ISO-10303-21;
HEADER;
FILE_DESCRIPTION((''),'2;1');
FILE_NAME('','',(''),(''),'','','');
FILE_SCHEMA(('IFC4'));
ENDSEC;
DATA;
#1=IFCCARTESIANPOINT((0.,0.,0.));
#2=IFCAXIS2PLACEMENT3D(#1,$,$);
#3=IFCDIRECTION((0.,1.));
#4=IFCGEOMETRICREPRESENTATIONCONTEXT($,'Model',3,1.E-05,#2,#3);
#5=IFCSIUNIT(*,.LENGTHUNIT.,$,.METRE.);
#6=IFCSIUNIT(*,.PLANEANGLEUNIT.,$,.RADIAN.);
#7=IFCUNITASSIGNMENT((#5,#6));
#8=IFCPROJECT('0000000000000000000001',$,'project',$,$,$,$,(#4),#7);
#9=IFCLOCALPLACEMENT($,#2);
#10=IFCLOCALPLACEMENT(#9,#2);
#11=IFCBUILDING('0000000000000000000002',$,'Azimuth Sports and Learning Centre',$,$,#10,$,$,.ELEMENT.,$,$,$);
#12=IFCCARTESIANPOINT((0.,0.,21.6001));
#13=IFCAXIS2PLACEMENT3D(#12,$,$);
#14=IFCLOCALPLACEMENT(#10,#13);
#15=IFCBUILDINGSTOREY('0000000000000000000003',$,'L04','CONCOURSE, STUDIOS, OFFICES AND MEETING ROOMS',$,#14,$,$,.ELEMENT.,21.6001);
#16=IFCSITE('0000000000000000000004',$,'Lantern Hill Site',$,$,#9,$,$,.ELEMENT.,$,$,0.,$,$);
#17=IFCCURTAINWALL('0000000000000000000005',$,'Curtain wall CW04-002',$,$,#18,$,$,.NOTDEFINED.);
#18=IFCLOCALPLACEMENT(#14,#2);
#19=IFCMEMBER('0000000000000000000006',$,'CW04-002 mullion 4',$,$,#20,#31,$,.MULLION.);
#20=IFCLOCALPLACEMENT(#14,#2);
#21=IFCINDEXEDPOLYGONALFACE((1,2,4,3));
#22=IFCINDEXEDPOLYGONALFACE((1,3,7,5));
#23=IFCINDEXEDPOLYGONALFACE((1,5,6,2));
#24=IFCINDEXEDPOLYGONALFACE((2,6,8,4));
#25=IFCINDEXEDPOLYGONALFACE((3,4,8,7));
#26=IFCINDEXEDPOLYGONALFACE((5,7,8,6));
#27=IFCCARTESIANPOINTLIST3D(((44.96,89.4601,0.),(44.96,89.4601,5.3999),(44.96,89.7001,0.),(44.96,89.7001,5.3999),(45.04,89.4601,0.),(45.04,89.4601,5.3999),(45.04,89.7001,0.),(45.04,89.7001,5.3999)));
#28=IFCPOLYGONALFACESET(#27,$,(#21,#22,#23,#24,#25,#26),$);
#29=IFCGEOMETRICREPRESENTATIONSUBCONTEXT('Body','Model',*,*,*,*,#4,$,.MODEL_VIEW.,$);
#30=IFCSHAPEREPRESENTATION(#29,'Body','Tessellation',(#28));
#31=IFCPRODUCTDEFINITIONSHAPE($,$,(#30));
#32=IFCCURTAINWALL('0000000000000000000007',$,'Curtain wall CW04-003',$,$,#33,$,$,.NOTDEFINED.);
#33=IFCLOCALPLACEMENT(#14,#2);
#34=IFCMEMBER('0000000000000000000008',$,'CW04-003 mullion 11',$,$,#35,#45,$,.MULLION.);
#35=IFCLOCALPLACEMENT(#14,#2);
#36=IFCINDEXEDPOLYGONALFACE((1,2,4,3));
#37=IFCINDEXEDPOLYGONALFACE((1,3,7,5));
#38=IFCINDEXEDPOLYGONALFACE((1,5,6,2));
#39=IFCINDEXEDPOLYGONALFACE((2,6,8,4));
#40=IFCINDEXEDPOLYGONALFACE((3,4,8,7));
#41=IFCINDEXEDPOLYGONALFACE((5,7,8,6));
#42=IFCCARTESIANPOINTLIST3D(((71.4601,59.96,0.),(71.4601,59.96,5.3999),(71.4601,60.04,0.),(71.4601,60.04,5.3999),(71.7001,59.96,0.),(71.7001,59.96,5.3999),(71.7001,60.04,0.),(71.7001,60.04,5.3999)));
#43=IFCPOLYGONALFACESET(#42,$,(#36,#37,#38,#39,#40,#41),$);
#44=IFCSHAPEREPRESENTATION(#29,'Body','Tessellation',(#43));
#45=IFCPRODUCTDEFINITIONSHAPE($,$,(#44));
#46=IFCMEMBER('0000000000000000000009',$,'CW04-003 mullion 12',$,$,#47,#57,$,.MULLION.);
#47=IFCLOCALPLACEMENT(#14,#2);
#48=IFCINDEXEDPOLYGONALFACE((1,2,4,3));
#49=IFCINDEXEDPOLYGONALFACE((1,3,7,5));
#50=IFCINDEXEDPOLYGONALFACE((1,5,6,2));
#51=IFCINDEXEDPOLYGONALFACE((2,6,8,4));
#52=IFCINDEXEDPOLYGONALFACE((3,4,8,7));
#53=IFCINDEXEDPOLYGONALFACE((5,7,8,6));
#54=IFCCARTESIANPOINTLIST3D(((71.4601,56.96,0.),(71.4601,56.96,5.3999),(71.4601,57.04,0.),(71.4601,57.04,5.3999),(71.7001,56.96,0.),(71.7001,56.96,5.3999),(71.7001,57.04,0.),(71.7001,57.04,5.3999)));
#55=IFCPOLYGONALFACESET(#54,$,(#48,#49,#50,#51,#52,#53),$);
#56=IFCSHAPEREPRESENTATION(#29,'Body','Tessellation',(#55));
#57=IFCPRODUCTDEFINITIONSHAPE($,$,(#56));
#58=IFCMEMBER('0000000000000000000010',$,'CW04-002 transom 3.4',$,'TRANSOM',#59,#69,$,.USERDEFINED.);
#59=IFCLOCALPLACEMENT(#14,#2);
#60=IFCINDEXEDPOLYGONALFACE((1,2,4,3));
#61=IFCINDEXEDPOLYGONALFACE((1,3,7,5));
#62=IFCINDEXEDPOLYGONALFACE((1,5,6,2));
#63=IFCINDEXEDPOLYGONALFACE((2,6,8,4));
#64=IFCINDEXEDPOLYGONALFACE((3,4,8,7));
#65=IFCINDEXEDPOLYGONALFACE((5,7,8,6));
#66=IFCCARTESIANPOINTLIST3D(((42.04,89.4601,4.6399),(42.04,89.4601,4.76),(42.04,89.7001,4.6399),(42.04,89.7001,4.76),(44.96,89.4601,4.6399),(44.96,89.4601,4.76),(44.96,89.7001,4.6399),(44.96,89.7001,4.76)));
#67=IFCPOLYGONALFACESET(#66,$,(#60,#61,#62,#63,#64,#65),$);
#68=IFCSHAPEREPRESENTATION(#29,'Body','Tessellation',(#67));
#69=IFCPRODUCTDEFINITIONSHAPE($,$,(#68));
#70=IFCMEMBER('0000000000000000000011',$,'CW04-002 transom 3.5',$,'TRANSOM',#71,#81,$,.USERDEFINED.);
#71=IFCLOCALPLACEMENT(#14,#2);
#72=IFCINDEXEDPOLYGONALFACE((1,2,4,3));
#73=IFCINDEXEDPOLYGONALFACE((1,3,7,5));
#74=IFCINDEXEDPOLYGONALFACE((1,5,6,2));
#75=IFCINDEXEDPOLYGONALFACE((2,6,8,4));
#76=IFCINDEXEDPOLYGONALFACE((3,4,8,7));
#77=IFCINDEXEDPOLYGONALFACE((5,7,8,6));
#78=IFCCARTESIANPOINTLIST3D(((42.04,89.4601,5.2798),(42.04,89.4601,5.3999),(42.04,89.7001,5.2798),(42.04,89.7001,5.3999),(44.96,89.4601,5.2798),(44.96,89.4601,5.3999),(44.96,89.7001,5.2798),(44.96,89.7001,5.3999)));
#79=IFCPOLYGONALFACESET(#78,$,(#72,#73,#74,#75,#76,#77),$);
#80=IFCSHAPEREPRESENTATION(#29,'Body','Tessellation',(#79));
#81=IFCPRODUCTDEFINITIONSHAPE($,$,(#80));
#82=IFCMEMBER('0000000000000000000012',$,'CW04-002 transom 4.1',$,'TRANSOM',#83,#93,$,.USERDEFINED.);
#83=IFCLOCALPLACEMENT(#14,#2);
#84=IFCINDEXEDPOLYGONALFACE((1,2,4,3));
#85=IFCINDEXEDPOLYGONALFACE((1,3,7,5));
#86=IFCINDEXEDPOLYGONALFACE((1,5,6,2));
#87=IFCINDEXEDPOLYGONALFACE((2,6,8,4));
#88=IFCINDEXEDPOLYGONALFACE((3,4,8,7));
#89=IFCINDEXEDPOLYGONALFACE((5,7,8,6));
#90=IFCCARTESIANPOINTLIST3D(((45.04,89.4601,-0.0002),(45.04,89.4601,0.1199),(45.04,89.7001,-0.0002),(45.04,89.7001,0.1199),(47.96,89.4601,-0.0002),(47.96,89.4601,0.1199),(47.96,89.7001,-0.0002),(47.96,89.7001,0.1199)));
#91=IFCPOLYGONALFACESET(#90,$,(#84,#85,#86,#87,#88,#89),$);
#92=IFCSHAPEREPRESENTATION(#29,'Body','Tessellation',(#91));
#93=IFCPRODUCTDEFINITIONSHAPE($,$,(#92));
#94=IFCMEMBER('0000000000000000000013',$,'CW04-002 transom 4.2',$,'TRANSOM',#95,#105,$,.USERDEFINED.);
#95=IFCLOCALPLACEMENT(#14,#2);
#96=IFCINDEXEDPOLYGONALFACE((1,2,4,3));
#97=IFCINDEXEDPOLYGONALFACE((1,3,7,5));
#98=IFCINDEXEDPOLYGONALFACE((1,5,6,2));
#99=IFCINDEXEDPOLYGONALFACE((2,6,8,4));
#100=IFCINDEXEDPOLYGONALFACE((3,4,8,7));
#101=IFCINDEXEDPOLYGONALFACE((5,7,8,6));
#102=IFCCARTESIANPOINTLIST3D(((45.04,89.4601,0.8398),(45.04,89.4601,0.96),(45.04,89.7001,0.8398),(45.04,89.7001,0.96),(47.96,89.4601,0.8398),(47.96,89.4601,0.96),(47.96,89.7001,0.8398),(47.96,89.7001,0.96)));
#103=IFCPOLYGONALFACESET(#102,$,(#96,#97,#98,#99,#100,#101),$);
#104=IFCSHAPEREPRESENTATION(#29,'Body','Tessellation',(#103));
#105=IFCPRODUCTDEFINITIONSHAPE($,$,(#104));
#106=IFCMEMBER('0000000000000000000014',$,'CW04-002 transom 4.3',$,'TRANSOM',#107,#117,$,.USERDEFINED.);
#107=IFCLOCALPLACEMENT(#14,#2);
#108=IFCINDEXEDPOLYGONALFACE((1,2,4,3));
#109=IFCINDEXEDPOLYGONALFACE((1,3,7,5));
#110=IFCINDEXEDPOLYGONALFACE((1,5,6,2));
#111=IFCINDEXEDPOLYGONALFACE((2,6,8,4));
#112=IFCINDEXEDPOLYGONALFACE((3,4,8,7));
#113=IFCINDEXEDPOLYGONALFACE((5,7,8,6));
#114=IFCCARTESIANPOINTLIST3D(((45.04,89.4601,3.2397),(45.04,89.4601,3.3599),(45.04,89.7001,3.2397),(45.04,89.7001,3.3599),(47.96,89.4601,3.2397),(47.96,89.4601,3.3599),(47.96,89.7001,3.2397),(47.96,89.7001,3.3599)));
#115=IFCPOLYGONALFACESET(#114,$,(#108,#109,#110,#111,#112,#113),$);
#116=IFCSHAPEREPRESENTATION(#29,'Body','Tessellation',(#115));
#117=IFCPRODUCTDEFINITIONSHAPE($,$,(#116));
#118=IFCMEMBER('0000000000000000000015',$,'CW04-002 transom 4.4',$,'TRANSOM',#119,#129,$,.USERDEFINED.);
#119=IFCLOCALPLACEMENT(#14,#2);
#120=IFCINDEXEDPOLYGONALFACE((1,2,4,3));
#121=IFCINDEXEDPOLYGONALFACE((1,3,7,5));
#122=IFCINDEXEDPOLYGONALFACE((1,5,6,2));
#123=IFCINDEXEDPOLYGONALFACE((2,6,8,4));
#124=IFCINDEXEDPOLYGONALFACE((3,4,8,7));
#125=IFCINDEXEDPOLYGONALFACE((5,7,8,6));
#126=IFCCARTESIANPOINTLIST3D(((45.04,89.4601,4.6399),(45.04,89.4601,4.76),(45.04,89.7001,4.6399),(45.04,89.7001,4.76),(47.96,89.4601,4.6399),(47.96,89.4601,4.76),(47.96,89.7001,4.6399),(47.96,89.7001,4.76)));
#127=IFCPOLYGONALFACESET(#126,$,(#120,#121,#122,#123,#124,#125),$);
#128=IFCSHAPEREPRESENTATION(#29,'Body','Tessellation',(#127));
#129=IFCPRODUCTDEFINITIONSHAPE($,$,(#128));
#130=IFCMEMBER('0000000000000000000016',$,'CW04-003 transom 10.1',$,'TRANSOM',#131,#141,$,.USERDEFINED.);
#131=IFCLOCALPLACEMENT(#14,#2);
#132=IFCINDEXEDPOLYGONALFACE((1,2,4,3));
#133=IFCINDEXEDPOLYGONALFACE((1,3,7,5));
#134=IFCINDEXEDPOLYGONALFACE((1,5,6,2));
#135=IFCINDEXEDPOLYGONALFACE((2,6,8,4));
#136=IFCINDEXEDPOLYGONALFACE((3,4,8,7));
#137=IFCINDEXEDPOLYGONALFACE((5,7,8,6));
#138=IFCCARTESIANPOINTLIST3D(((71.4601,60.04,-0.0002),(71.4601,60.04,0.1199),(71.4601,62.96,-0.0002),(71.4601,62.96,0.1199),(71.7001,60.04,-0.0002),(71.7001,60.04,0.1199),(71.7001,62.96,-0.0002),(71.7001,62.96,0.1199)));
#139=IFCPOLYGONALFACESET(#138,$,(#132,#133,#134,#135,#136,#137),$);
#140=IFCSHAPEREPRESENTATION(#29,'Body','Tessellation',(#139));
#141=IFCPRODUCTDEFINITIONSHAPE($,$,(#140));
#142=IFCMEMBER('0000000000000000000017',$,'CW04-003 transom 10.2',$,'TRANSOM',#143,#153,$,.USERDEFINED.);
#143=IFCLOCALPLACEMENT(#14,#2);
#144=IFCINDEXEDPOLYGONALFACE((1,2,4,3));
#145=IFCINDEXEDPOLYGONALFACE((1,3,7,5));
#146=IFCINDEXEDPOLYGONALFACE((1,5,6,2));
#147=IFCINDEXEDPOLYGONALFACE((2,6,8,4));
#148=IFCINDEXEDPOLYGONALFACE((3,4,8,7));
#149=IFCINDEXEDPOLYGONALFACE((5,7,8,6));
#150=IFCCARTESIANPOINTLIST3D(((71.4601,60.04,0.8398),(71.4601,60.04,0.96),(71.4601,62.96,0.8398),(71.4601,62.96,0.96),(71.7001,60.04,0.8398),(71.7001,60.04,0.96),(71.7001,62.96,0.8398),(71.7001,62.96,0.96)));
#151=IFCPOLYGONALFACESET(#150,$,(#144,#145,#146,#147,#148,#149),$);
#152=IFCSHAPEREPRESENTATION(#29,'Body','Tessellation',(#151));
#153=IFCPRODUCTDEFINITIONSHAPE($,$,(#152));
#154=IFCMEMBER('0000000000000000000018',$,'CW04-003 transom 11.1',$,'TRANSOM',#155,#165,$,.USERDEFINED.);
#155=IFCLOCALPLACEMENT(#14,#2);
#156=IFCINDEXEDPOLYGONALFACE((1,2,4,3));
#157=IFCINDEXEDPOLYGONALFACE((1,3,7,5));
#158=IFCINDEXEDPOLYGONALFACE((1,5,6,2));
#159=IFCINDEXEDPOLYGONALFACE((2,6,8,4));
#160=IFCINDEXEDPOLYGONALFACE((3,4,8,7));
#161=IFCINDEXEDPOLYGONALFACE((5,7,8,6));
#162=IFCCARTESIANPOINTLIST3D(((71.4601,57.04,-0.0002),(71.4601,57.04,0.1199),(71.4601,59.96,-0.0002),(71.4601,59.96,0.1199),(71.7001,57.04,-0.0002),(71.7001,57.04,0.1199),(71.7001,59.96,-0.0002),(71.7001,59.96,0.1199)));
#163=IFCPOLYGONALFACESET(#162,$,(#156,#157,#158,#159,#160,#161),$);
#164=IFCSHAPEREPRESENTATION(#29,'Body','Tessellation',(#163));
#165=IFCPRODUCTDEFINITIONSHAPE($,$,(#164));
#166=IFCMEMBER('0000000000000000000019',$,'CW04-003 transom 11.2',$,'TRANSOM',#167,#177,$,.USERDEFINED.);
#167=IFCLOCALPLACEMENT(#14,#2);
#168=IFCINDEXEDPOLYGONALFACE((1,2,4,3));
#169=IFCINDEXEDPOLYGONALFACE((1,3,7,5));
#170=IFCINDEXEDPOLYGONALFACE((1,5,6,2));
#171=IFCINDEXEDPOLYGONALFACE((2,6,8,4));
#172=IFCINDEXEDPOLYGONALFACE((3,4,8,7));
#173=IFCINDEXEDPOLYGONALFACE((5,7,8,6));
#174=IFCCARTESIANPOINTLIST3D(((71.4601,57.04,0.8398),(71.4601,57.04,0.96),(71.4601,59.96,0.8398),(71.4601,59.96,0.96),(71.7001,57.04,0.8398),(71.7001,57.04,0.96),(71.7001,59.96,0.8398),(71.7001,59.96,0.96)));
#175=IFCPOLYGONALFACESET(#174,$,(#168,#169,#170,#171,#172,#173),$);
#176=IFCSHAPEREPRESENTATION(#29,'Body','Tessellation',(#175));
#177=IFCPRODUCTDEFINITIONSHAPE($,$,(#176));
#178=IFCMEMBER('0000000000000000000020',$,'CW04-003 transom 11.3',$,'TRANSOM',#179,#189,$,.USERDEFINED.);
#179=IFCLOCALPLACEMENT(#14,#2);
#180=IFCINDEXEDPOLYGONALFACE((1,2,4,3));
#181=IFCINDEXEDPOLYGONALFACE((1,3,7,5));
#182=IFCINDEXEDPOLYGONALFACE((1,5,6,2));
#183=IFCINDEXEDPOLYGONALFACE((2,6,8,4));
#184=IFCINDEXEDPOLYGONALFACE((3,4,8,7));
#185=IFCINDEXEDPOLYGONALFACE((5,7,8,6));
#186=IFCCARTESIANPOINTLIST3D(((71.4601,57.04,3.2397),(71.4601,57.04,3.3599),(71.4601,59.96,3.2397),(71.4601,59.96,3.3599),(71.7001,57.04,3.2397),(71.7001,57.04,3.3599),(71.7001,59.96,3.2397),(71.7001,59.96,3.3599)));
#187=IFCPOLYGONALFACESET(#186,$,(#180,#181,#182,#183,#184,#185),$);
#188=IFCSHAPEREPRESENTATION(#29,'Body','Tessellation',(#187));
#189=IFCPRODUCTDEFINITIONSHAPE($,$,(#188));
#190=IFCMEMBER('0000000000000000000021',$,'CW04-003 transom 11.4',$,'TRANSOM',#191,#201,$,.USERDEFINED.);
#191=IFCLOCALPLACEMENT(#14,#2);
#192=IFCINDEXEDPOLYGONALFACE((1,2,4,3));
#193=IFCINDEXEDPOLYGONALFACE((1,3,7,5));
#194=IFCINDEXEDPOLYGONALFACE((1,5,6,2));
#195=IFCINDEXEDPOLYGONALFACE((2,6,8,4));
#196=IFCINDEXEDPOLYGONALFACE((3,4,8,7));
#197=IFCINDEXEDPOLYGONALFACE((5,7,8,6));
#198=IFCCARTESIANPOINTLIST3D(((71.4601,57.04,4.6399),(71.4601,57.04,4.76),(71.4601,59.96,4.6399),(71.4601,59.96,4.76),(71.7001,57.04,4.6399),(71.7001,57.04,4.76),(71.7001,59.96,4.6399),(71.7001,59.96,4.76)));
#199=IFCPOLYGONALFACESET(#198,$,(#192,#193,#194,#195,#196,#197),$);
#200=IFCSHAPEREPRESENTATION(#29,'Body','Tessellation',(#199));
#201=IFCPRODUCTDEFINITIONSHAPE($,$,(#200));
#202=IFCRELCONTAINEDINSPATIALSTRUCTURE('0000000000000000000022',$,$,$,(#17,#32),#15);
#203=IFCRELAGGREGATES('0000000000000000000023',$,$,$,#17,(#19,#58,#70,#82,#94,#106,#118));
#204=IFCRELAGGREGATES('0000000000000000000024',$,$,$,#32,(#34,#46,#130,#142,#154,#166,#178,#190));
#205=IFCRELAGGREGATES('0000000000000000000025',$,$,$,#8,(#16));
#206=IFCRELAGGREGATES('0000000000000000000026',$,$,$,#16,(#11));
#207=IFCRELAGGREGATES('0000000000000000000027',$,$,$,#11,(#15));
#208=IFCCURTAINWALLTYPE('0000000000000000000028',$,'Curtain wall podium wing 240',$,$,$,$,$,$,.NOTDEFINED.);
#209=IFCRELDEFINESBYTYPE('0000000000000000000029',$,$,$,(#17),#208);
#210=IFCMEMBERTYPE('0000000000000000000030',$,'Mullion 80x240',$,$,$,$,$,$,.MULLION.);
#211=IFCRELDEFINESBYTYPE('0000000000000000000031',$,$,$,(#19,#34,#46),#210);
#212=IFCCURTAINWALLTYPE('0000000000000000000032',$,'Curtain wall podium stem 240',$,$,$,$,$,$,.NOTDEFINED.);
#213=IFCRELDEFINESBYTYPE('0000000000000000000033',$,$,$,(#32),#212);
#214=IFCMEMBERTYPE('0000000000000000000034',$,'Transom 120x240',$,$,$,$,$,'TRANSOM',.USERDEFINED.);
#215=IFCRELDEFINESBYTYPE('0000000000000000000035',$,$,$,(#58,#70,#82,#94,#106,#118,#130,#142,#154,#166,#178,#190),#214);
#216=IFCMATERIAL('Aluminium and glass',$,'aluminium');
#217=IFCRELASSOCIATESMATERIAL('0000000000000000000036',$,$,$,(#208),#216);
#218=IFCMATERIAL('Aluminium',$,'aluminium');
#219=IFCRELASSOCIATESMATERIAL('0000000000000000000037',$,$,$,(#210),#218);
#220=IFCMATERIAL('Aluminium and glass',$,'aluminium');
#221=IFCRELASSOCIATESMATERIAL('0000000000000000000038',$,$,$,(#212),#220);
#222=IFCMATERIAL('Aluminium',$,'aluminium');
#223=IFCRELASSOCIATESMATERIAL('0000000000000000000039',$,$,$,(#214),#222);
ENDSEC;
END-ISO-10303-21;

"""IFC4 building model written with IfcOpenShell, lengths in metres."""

from ifc_helpers import new_model, si_unit, direction, frame, origin, origin_2d, place, context, subcontext, project, spatial, rectangle, extrude, material, material_profile, profile_set, type_object, element, aggregate, save


model = new_model("IFC4")

# Units and contexts
model_context = context("Model", 3, precision=1e-05, world=origin(), true_north=direction((0.0, 1.0)))
body_context = subcontext(model_context, "Body", "Model", "MODEL_VIEW")
ifc_project = project(units=[si_unit("LENGTHUNIT", "METRE"), si_unit("PLANEANGLEUNIT", "RADIAN")], contexts=[model_context])

# Site, building, storey
site_placement = place(None, origin())
site = spatial("IfcSite", under=ifc_project, at=site_placement, Name="Lantern Hill Site", CompositionType="ELEMENT", RefElevation=0.0)
building_placement = place(site_placement, origin())
building = spatial("IfcBuilding", under=site, at=building_placement, Name="Azimuth Sports and Learning Centre", CompositionType="ELEMENT")
storey_placement = place(building_placement, frame((0.0, 0.0, 21.6001)))
storey = spatial("IfcBuildingStorey", under=building, at=storey_placement, Name="L04", Description="CONCOURSE, STUDIOS, OFFICES AND MEETING ROOMS", CompositionType="ELEMENT", Elevation=21.6001)

# Curtain wall, member
ifc_material_1 = material(Name="Aluminium and glass", Category="aluminium")
curtain_wall_type_1 = type_object("IfcCurtainWallType", Name="Curtain wall podium wing 240", PredefinedType="NOTDEFINED", material=ifc_material_1)
curtain_wall_1_placement = place(storey_placement, origin())
curtain_wall_1 = element("IfcCurtainWall", 1, at=curtain_wall_1_placement, inside=storey, type_object=curtain_wall_type_1, Name="Curtain wall CW04-002", PredefinedType="NOTDEFINED")
ifc_material_2 = material(Name="Aluminium", Category="aluminium")
ifc_material_profile_1 = material_profile(ifc_material_2, rectangle(XDim=0.24, YDim=0.0801, at=origin_2d()), Name="Mullion 80x240")
ifc_profile_set_1 = profile_set([ifc_material_profile_1], Name="Aluminium")
member_type_1 = type_object("IfcMemberType", Name="Mullion 80x240", PredefinedType="MULLION", material=ifc_profile_set_1)
member_1_placement = place(storey_placement, frame((45.0, 89.5801, 0.0), z_axis=(0.0, 0.0, 1.0), x_axis=(0.0, 1.0, 0.0)))
member_1 = element("IfcMember", 2, at=member_1_placement, type_object=member_type_1, Name="CW04-002 mullion 4", PredefinedType="MULLION", context=body_context, shape_type="SweptSolid", body=[
    extrude(rectangle(XDim=0.24, YDim=0.0801, at=origin_2d()), origin(), (0.0, 0.0, 1.0), 5.3999),
])

# Curtain wall, members
ifc_material_3 = material(Name="Aluminium and glass", Category="aluminium")
curtain_wall_type_2 = type_object("IfcCurtainWallType", Name="Curtain wall podium stem 240", PredefinedType="NOTDEFINED", material=ifc_material_3)
curtain_wall_2_placement = place(storey_placement, origin())
curtain_wall_2 = element("IfcCurtainWall", 3, at=curtain_wall_2_placement, inside=storey, type_object=curtain_wall_type_2, Name="Curtain wall CW04-003", PredefinedType="NOTDEFINED")
member_2_placement = place(storey_placement, frame((71.5801, 60.0, 0.0), z_axis=(0.0, 0.0, 1.0), x_axis=(1.0, 0.0, 0.0)))
member_2 = element("IfcMember", 4, at=member_2_placement, type_object=member_type_1, Name="CW04-003 mullion 11", PredefinedType="MULLION", context=body_context, shape_type="SweptSolid", body=[
    extrude(rectangle(XDim=0.24, YDim=0.0801, at=origin_2d()), origin(), (0.0, 0.0, 1.0), 5.3999),
])
member_3_placement = place(storey_placement, frame((71.5801, 57.0, 0.0), z_axis=(0.0, 0.0, 1.0), x_axis=(1.0, 0.0, 0.0)))
member_3 = element("IfcMember", 5, at=member_3_placement, type_object=member_type_1, Name="CW04-003 mullion 12", PredefinedType="MULLION", context=body_context, shape_type="SweptSolid", body=[
    extrude(rectangle(XDim=0.24, YDim=0.0801, at=origin_2d()), origin(), (0.0, 0.0, 1.0), 5.3999),
])

# Members
ifc_material_4 = material(Name="Aluminium", Category="aluminium")
ifc_material_profile_2 = material_profile(ifc_material_4, rectangle(XDim=0.24, YDim=0.1201, at=origin_2d()), Name="Transom 120x240")
ifc_profile_set_2 = profile_set([ifc_material_profile_2], Name="Aluminium")
member_type_2 = type_object("IfcMemberType", Name="Transom 120x240", ElementType="TRANSOM", PredefinedType="USERDEFINED", material=ifc_profile_set_2)
member_4_placement = place(storey_placement, frame((42.04, 89.5801, 4.7), z_axis=(1.0, 0.0, 0.0), x_axis=(0.0, 1.0, 0.0)))
member_4 = element("IfcMember", 6, at=member_4_placement, type_object=member_type_2, Name="CW04-002 transom 3.4", ObjectType="TRANSOM", PredefinedType="USERDEFINED", context=body_context, shape_type="SweptSolid", body=[
    extrude(rectangle(XDim=0.24, YDim=0.1201, at=origin_2d()), origin(), (0.0, 0.0, 1.0), 2.9199),
])
member_5_placement = place(storey_placement, frame((42.04, 89.5801, 5.3398), z_axis=(1.0, 0.0, 0.0), x_axis=(0.0, 1.0, 0.0)))
member_5 = element("IfcMember", 7, at=member_5_placement, type_object=member_type_2, Name="CW04-002 transom 3.5", ObjectType="TRANSOM", PredefinedType="USERDEFINED", context=body_context, shape_type="SweptSolid", body=[
    extrude(rectangle(XDim=0.24, YDim=0.1201, at=origin_2d()), origin(), (0.0, 0.0, 1.0), 2.9199),
])
member_6_placement = place(storey_placement, frame((45.04, 89.5801, 0.0598), z_axis=(1.0, 0.0, 0.0), x_axis=(0.0, 1.0, 0.0)))
member_6 = element("IfcMember", 8, at=member_6_placement, type_object=member_type_2, Name="CW04-002 transom 4.1", ObjectType="TRANSOM", PredefinedType="USERDEFINED", context=body_context, shape_type="SweptSolid", body=[
    extrude(rectangle(XDim=0.24, YDim=0.1201, at=origin_2d()), origin(), (0.0, 0.0, 1.0), 2.9199),
])
member_7_placement = place(storey_placement, frame((45.04, 89.5801, 0.8999), z_axis=(1.0, 0.0, 0.0), x_axis=(0.0, 1.0, 0.0)))
member_7 = element("IfcMember", 9, at=member_7_placement, type_object=member_type_2, Name="CW04-002 transom 4.2", ObjectType="TRANSOM", PredefinedType="USERDEFINED", context=body_context, shape_type="SweptSolid", body=[
    extrude(rectangle(XDim=0.24, YDim=0.1201, at=origin_2d()), origin(), (0.0, 0.0, 1.0), 2.9199),
])
member_8_placement = place(storey_placement, frame((45.04, 89.5801, 3.2998), z_axis=(1.0, 0.0, 0.0), x_axis=(0.0, 1.0, 0.0)))
member_8 = element("IfcMember", 10, at=member_8_placement, type_object=member_type_2, Name="CW04-002 transom 4.3", ObjectType="TRANSOM", PredefinedType="USERDEFINED", context=body_context, shape_type="SweptSolid", body=[
    extrude(rectangle(XDim=0.24, YDim=0.1201, at=origin_2d()), origin(), (0.0, 0.0, 1.0), 2.9199),
])
member_9_placement = place(storey_placement, frame((45.04, 89.5801, 4.7), z_axis=(1.0, 0.0, 0.0), x_axis=(0.0, 1.0, 0.0)))
member_9 = element("IfcMember", 11, at=member_9_placement, type_object=member_type_2, Name="CW04-002 transom 4.4", ObjectType="TRANSOM", PredefinedType="USERDEFINED", context=body_context, shape_type="SweptSolid", body=[
    extrude(rectangle(XDim=0.24, YDim=0.1201, at=origin_2d()), origin(), (0.0, 0.0, 1.0), 2.9199),
])
member_10_placement = place(storey_placement, frame((71.5801, 62.96, 0.0598), z_axis=(0.0, -1.0, 0.0), x_axis=(1.0, 0.0, 0.0)))
member_10 = element("IfcMember", 12, at=member_10_placement, type_object=member_type_2, Name="CW04-003 transom 10.1", ObjectType="TRANSOM", PredefinedType="USERDEFINED", context=body_context, shape_type="SweptSolid", body=[
    extrude(rectangle(XDim=0.24, YDim=0.1201, at=origin_2d()), origin(), (0.0, 0.0, 1.0), 2.9199),
])
member_11_placement = place(storey_placement, frame((71.5801, 62.96, 0.8999), z_axis=(0.0, -1.0, 0.0), x_axis=(1.0, 0.0, 0.0)))
member_11 = element("IfcMember", 13, at=member_11_placement, type_object=member_type_2, Name="CW04-003 transom 10.2", ObjectType="TRANSOM", PredefinedType="USERDEFINED", context=body_context, shape_type="SweptSolid", body=[
    extrude(rectangle(XDim=0.24, YDim=0.1201, at=origin_2d()), origin(), (0.0, 0.0, 1.0), 2.9199),
])
member_12_placement = place(storey_placement, frame((71.5801, 59.96, 0.0598), z_axis=(0.0, -1.0, 0.0), x_axis=(1.0, 0.0, 0.0)))
member_12 = element("IfcMember", 14, at=member_12_placement, type_object=member_type_2, Name="CW04-003 transom 11.1", ObjectType="TRANSOM", PredefinedType="USERDEFINED", context=body_context, shape_type="SweptSolid", body=[
    extrude(rectangle(XDim=0.24, YDim=0.1201, at=origin_2d()), origin(), (0.0, 0.0, 1.0), 2.9199),
])
member_13_placement = place(storey_placement, frame((71.5801, 59.96, 0.8999), z_axis=(0.0, -1.0, 0.0), x_axis=(1.0, 0.0, 0.0)))
member_13 = element("IfcMember", 15, at=member_13_placement, type_object=member_type_2, Name="CW04-003 transom 11.2", ObjectType="TRANSOM", PredefinedType="USERDEFINED", context=body_context, shape_type="SweptSolid", body=[
    extrude(rectangle(XDim=0.24, YDim=0.1201, at=origin_2d()), origin(), (0.0, 0.0, 1.0), 2.9199),
])
member_14_placement = place(storey_placement, frame((71.5801, 59.96, 3.2998), z_axis=(0.0, -1.0, 0.0), x_axis=(1.0, 0.0, 0.0)))
member_14 = element("IfcMember", 16, at=member_14_placement, type_object=member_type_2, Name="CW04-003 transom 11.3", ObjectType="TRANSOM", PredefinedType="USERDEFINED", context=body_context, shape_type="SweptSolid", body=[
    extrude(rectangle(XDim=0.24, YDim=0.1201, at=origin_2d()), origin(), (0.0, 0.0, 1.0), 2.9199),
])
member_15_placement = place(storey_placement, frame((71.5801, 59.96, 4.7), z_axis=(0.0, -1.0, 0.0), x_axis=(1.0, 0.0, 0.0)))
member_15 = element("IfcMember", 17, at=member_15_placement, type_object=member_type_2, Name="CW04-003 transom 11.4", ObjectType="TRANSOM", PredefinedType="USERDEFINED", context=body_context, shape_type="SweptSolid", body=[
    extrude(rectangle(XDim=0.24, YDim=0.1201, at=origin_2d()), origin(), (0.0, 0.0, 1.0), 2.9199),
])

aggregate(curtain_wall_1, [member_1, member_4, member_5, member_6, member_7, member_8, member_9])
aggregate(curtain_wall_2, [member_2, member_3, member_10, member_11, member_12, member_13, member_14, member_15])

save(model, "model.ifc")
